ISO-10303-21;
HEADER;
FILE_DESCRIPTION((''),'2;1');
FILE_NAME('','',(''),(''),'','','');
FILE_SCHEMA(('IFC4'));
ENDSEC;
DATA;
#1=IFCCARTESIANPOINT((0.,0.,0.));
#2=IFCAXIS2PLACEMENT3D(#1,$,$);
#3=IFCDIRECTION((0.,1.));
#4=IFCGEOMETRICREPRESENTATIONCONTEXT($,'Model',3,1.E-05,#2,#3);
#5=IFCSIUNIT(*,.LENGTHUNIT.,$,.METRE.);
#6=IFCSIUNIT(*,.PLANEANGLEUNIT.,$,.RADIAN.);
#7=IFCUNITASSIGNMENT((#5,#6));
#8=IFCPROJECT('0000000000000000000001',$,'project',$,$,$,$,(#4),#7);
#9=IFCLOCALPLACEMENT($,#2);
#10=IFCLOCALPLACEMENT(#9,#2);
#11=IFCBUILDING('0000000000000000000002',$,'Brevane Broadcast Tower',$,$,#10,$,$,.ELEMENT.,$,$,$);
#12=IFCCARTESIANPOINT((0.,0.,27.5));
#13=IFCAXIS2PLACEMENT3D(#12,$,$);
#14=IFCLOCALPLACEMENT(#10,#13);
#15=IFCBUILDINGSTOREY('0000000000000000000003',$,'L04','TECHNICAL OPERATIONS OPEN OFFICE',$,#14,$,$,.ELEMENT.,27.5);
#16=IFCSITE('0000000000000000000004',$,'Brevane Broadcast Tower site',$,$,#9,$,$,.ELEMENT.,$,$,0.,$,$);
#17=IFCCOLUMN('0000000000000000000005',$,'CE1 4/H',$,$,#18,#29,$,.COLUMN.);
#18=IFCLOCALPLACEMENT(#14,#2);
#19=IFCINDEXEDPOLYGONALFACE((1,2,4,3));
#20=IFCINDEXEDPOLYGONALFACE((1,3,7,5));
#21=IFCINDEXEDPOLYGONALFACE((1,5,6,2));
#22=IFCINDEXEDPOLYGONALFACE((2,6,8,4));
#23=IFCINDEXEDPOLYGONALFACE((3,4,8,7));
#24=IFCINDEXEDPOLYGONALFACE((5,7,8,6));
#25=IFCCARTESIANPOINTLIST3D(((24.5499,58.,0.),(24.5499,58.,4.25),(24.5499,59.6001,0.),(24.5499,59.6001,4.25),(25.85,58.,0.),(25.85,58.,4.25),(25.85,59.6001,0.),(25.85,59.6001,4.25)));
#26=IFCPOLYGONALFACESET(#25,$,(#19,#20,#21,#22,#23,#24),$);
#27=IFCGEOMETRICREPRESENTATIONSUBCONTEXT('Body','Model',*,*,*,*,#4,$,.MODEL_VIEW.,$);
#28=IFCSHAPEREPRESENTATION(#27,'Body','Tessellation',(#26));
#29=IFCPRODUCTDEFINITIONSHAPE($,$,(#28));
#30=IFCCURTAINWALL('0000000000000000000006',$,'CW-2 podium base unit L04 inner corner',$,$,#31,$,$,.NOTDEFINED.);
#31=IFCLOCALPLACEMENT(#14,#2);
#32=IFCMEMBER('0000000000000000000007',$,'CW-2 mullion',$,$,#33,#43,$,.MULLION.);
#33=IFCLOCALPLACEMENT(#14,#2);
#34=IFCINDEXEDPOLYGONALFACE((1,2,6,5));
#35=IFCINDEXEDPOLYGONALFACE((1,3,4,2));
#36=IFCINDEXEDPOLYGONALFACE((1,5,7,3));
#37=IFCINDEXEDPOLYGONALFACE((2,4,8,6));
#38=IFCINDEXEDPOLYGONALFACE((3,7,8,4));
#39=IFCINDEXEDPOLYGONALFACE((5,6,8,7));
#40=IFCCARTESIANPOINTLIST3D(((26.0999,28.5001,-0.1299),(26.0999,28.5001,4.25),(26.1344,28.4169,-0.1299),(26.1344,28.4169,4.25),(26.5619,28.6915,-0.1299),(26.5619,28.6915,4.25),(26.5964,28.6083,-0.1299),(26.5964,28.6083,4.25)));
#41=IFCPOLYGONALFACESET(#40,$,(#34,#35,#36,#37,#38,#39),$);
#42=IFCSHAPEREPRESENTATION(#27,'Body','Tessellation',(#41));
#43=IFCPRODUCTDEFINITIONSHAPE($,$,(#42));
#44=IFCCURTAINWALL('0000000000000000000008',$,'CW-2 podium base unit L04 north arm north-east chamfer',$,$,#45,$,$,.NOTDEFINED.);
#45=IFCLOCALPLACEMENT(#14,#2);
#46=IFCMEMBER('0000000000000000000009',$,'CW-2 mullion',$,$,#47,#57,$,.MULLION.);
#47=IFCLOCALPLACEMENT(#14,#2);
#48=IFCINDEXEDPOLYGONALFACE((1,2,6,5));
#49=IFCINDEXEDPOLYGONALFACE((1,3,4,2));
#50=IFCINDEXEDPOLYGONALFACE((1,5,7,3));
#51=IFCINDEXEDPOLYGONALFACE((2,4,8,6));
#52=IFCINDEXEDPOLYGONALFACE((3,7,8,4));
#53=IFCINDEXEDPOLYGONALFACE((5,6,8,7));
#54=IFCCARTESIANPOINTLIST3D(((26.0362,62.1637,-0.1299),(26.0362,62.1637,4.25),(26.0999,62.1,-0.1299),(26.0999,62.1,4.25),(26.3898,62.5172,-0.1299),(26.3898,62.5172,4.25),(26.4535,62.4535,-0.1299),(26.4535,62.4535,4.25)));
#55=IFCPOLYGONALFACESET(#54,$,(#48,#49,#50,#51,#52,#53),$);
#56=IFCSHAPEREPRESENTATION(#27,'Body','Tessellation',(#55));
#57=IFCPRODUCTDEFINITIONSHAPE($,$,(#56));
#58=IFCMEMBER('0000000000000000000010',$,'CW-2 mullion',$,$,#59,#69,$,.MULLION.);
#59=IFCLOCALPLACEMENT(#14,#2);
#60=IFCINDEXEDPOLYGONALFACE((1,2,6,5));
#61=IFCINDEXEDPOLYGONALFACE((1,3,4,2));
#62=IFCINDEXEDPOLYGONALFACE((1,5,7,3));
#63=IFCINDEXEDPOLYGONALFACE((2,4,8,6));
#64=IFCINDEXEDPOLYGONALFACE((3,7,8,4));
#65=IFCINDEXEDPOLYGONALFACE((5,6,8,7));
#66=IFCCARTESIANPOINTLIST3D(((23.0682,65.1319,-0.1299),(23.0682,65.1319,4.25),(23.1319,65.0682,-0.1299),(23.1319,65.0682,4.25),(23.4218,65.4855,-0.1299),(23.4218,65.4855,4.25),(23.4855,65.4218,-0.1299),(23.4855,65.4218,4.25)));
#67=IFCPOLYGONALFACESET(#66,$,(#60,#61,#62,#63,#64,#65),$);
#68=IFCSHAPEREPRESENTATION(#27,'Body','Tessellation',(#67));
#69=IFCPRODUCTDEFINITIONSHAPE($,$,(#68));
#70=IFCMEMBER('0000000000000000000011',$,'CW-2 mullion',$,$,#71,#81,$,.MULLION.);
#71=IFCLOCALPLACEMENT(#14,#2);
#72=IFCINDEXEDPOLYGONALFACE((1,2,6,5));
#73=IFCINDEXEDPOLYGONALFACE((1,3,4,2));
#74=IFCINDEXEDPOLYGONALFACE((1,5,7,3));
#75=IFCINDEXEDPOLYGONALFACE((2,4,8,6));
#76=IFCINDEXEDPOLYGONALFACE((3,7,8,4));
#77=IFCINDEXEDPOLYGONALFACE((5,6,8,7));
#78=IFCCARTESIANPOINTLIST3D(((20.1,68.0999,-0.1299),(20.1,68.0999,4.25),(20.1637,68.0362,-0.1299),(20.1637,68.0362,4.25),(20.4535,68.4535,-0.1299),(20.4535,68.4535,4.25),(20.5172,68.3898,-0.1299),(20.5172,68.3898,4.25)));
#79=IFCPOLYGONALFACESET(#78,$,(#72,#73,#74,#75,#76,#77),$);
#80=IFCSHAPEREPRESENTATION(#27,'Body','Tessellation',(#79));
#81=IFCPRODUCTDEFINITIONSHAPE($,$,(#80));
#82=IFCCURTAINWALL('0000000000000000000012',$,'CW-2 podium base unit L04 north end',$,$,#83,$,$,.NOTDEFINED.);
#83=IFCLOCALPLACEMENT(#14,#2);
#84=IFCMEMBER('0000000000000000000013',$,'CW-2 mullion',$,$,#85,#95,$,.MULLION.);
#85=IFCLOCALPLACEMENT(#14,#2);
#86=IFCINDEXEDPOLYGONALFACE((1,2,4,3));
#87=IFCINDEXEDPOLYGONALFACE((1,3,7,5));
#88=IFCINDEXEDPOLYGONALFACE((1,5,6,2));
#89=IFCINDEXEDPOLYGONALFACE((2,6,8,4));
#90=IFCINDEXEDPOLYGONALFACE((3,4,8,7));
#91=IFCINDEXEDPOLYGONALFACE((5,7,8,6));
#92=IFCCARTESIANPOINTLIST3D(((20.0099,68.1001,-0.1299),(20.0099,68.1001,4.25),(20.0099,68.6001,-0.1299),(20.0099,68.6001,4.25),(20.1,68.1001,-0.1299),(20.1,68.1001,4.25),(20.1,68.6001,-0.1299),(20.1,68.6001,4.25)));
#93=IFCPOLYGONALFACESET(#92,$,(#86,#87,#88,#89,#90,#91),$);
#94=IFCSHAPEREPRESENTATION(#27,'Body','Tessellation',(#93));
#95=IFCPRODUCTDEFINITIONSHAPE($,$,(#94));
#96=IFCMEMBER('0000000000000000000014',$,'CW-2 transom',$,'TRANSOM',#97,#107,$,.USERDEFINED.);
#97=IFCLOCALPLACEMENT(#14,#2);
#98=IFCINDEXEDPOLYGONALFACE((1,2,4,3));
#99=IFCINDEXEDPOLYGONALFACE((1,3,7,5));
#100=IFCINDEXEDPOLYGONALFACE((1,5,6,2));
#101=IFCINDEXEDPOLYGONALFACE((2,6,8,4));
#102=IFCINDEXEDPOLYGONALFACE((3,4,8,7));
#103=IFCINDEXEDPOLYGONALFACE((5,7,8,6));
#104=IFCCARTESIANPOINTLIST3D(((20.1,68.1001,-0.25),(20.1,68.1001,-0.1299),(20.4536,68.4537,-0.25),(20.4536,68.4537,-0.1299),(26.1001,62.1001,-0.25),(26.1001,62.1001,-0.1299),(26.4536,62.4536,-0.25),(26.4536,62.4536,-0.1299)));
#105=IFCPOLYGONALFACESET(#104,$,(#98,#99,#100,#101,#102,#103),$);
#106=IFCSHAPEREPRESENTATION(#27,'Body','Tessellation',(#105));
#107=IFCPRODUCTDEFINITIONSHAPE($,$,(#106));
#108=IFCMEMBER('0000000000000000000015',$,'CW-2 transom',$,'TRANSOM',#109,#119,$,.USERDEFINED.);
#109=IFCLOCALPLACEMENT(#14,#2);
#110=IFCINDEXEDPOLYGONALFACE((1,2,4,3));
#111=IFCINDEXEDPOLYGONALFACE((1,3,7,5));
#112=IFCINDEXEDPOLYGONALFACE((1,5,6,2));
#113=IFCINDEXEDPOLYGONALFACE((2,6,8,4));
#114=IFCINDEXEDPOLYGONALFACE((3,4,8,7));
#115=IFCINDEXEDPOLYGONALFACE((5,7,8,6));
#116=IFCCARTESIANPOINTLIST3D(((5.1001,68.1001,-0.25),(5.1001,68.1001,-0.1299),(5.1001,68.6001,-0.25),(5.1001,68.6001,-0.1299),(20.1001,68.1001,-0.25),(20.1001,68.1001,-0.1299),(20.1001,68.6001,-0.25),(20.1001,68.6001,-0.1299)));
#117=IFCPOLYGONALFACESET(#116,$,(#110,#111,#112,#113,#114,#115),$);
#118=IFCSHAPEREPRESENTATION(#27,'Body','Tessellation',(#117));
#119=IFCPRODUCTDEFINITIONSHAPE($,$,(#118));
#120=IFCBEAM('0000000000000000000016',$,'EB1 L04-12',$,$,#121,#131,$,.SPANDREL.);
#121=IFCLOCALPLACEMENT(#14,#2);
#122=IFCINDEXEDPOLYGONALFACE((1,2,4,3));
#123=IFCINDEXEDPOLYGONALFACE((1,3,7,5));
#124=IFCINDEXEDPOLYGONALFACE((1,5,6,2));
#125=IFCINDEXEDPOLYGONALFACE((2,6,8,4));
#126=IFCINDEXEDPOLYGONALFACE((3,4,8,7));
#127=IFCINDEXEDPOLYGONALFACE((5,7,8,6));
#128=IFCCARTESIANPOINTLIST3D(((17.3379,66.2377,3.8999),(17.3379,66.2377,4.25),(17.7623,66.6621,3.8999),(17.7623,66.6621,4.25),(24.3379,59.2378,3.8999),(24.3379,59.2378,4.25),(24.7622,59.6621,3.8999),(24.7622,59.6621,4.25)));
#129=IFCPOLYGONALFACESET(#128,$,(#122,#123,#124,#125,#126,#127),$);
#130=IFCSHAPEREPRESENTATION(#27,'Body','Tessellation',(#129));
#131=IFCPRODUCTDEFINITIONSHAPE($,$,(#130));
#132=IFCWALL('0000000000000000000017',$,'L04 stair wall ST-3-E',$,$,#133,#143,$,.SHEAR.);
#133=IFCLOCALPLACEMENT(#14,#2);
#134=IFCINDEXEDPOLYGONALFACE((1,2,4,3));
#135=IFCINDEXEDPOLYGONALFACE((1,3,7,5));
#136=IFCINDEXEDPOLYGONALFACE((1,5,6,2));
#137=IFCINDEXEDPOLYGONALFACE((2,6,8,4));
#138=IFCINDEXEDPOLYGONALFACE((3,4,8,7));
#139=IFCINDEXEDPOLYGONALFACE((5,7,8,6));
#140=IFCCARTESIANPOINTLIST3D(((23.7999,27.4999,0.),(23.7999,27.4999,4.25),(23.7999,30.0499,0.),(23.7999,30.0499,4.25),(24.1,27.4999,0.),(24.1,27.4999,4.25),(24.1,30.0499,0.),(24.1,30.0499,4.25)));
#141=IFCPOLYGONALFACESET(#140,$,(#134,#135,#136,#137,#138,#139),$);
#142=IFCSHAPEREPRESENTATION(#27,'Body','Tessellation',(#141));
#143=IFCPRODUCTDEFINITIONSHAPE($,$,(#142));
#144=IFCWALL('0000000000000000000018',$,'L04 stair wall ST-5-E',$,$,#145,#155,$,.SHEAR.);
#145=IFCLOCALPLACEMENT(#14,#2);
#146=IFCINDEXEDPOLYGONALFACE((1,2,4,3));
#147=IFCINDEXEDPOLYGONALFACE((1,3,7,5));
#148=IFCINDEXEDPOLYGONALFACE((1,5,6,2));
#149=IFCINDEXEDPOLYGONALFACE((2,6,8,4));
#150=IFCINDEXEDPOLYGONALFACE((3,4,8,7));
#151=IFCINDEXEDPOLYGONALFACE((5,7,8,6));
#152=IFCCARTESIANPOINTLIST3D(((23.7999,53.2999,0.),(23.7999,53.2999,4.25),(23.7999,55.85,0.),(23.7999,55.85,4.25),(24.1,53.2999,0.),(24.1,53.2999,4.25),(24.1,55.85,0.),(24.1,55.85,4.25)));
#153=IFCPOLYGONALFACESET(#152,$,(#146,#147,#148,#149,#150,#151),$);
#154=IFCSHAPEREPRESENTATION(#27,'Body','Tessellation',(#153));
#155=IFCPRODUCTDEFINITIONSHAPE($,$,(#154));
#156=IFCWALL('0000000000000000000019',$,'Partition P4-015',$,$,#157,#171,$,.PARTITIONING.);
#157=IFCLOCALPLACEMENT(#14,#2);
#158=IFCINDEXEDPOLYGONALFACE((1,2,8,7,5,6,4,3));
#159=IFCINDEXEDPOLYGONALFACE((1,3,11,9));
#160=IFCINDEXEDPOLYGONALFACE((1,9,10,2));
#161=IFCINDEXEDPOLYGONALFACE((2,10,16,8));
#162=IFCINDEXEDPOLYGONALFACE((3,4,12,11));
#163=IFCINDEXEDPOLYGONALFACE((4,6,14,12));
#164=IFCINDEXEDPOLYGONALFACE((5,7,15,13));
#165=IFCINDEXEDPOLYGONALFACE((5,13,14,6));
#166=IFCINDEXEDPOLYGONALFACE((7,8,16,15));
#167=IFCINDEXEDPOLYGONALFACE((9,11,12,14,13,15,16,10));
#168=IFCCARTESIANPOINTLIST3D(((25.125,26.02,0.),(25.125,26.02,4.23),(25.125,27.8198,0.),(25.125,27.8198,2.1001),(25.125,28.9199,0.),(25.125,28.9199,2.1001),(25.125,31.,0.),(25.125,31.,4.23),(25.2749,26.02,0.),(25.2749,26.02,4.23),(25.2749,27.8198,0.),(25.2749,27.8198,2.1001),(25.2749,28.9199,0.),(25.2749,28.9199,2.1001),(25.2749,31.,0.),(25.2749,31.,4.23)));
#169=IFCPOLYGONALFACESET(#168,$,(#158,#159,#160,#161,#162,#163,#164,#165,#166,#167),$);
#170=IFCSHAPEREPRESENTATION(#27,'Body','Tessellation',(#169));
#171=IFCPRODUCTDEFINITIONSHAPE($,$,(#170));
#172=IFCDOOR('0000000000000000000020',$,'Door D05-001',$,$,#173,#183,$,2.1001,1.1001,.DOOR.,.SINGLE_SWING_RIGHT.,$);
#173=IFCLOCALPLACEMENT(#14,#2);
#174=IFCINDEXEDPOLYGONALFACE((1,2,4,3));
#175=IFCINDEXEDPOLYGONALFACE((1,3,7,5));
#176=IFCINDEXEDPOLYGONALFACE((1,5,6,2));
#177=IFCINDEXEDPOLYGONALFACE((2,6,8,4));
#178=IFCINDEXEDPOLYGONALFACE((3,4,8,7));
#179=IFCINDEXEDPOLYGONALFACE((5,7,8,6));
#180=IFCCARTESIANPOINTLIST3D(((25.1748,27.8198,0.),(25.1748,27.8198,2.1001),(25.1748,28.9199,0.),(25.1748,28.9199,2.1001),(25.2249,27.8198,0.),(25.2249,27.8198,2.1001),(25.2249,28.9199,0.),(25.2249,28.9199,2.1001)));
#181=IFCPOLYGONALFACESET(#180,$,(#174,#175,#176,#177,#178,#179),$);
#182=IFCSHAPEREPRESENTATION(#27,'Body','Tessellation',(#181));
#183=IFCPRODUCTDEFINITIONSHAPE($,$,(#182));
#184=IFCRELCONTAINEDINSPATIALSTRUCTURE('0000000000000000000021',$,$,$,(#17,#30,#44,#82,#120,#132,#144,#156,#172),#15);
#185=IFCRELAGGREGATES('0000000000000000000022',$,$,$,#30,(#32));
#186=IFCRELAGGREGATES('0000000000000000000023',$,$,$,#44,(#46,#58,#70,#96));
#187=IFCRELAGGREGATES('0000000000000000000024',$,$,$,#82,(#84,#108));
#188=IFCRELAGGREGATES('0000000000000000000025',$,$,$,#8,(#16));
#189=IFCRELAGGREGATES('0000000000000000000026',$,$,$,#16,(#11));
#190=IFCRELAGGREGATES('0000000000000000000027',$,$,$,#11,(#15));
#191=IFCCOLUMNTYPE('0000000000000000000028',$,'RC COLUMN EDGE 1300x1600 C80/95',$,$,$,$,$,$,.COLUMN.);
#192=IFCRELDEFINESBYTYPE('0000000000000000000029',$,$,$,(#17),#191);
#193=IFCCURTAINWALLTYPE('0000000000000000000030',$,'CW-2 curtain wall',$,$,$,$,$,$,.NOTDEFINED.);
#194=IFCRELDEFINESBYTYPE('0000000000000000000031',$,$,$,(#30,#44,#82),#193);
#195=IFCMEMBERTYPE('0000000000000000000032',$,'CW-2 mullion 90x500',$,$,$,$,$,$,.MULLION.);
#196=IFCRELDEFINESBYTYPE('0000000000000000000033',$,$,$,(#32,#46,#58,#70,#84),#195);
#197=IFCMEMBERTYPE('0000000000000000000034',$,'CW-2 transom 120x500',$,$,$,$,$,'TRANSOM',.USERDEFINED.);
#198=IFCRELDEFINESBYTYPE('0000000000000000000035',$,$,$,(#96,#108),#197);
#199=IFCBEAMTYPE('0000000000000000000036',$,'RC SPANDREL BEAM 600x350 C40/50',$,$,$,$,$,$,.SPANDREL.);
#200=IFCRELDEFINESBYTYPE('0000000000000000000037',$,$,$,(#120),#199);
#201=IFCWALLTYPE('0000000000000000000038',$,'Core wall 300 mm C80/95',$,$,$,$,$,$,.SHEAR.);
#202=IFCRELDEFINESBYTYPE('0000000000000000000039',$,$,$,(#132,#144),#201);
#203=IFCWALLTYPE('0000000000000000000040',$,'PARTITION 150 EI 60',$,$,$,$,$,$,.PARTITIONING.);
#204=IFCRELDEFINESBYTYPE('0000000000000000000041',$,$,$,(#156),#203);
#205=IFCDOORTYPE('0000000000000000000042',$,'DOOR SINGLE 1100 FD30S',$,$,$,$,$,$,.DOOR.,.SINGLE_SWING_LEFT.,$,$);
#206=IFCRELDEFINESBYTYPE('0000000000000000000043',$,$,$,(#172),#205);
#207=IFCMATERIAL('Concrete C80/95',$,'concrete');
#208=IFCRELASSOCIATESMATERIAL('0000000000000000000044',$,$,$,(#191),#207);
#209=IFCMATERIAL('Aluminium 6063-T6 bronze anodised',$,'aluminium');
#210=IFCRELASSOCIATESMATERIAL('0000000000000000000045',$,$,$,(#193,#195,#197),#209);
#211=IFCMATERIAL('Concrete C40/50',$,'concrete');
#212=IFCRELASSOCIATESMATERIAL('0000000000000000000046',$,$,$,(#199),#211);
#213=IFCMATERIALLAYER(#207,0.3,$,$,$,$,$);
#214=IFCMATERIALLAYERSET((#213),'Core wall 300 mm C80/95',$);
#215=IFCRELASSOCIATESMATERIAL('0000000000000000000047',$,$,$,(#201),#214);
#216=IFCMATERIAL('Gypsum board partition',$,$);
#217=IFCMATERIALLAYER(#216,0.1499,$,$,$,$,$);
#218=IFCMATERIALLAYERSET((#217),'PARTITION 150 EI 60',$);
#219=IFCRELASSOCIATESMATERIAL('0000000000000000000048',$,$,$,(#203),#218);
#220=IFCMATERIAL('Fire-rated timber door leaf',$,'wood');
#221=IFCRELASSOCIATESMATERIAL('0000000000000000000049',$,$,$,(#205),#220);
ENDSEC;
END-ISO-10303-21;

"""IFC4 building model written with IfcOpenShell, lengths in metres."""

from ifc_helpers import new_model, si_unit, direction, frame, frame_2d, origin, origin_2d, place, context, subcontext, project, spatial, rectangle, extrude, material, layer, layer_set, material_profile, profile_set, type_object, element, fill, aggregate, save


model = new_model("IFC4")

# Units and contexts
model_context = context("Model", 3, precision=1e-05, world=origin(), true_north=direction((0.0, 1.0)))
body_context = subcontext(model_context, "Body", "Model", "MODEL_VIEW")
ifc_project = project(units=[si_unit("LENGTHUNIT", "METRE"), si_unit("PLANEANGLEUNIT", "RADIAN")], contexts=[model_context])

# Site, building, storey
site_placement = place(None, origin())
site = spatial("IfcSite", under=ifc_project, at=site_placement, Name="Brevane Broadcast Tower site", CompositionType="ELEMENT", RefElevation=0.0)
building_placement = place(site_placement, origin())
building = spatial("IfcBuilding", under=site, at=building_placement, Name="Brevane Broadcast Tower", CompositionType="ELEMENT")
storey_placement = place(building_placement, frame((0.0, 0.0, 27.5)))
storey = spatial("IfcBuildingStorey", under=building, at=storey_placement, Name="L04", Description="TECHNICAL OPERATIONS OPEN OFFICE", CompositionType="ELEMENT", Elevation=27.5)

# Column
ifc_material_1 = material(Name="Concrete C80/95", Category="concrete")
ifc_material_profile_1 = material_profile(ifc_material_1, rectangle(XDim=1.3, YDim=1.6001, at=origin_2d()), Name="RC 1300x1600")
ifc_profile_set_1 = profile_set([ifc_material_profile_1], Name="Concrete C80/95")
column_type = type_object("IfcColumnType", Name="RC COLUMN EDGE 1300x1600 C80/95", PredefinedType="COLUMN", material=ifc_profile_set_1)
column_placement = place(storey_placement, frame((25.2, 58.8, 0.0), z_axis=(0.0, 0.0, 1.0), x_axis=(1.0, 0.0, 0.0)))
element("IfcColumn", 1, at=column_placement, inside=storey, type_object=column_type, Name="CE1 4/H", PredefinedType="COLUMN", context=body_context, shape_type="SweptSolid", body=[
    extrude(rectangle(XDim=1.3, YDim=1.6001, at=origin_2d()), origin(), (0.0, 0.0, 1.0), 4.25),
])

# Curtain wall, member
ifc_material_2 = material(Name="Aluminium 6063-T6 bronze anodised", Category="aluminium")
curtain_wall_type = type_object("IfcCurtainWallType", Name="CW-2 curtain wall", PredefinedType="NOTDEFINED", material=ifc_material_2)
curtain_wall_1_placement = place(storey_placement, origin())
curtain_wall_1 = element("IfcCurtainWall", 2, at=curtain_wall_1_placement, inside=storey, type_object=curtain_wall_type, Name="CW-2 podium base unit L04 inner corner", PredefinedType="NOTDEFINED")
ifc_material_profile_2 = material_profile(ifc_material_2, rectangle(XDim=0.5, YDim=0.0901, at=origin_2d()), Name="RECT 90x500")
ifc_profile_set_2 = profile_set([ifc_material_profile_2], Name="Aluminium 6063-T6 bronze anodised")
member_type_1 = type_object("IfcMemberType", Name="CW-2 mullion 90x500", PredefinedType="MULLION", material=ifc_profile_set_2)
member_1_placement = place(storey_placement, frame((26.3481, 28.5542, -0.1299), z_axis=(0.0, 0.0, 1.0), x_axis=(-0.923879, -0.382684, 0.0)))
member_1 = element("IfcMember", 3, at=member_1_placement, type_object=member_type_1, Name="CW-2 mullion", PredefinedType="MULLION", context=body_context, shape_type="SweptSolid", body=[
    extrude(rectangle(XDim=0.5, YDim=0.0901, at=origin_2d()), origin(), (0.0, 0.0, 1.0), 4.3799),
])
aggregate(curtain_wall_1, [member_1])

# Curtain wall, members
curtain_wall_2_placement = place(storey_placement, origin())
curtain_wall_2 = element("IfcCurtainWall", 4, at=curtain_wall_2_placement, inside=storey, type_object=curtain_wall_type, Name="CW-2 podium base unit L04 north arm north-east chamfer", PredefinedType="NOTDEFINED")
member_2_placement = place(storey_placement, frame((26.2449, 62.3086, -0.1299), z_axis=(0.0, 0.0, 1.0), x_axis=(-0.707107, -0.707107, 0.0)))
member_2 = element("IfcMember", 5, at=member_2_placement, type_object=member_type_1, Name="CW-2 mullion", PredefinedType="MULLION", context=body_context, shape_type="SweptSolid", body=[
    extrude(rectangle(XDim=0.5, YDim=0.0901, at=origin_2d()), origin(), (0.0, 0.0, 1.0), 4.3799),
])
member_3_placement = place(storey_placement, frame((23.2769, 65.2769, -0.1299), z_axis=(0.0, 0.0, 1.0), x_axis=(-0.707107, -0.707107, 0.0)))
member_3 = element("IfcMember", 6, at=member_3_placement, type_object=member_type_1, Name="CW-2 mullion", PredefinedType="MULLION", context=body_context, shape_type="SweptSolid", body=[
    extrude(rectangle(XDim=0.5, YDim=0.0901, at=origin_2d()), origin(), (0.0, 0.0, 1.0), 4.3799),
])
member_4_placement = place(storey_placement, frame((20.3086, 68.2449, -0.1299), z_axis=(0.0, 0.0, 1.0), x_axis=(-0.707107, -0.707107, 0.0)))
member_4 = element("IfcMember", 7, at=member_4_placement, type_object=member_type_1, Name="CW-2 mullion", PredefinedType="MULLION", context=body_context, shape_type="SweptSolid", body=[
    extrude(rectangle(XDim=0.5, YDim=0.0901, at=origin_2d()), origin(), (0.0, 0.0, 1.0), 4.3799),
])

# Curtain wall, member
curtain_wall_3_placement = place(storey_placement, origin())
curtain_wall_3 = element("IfcCurtainWall", 8, at=curtain_wall_3_placement, inside=storey, type_object=curtain_wall_type, Name="CW-2 podium base unit L04 north end", PredefinedType="NOTDEFINED")
member_5_placement = place(storey_placement, frame((20.0549, 68.3501, -0.1299), z_axis=(0.0, 0.0, 1.0), x_axis=(0.0, -1.0, 0.0)))
member_5 = element("IfcMember", 9, at=member_5_placement, type_object=member_type_1, Name="CW-2 mullion", PredefinedType="MULLION", context=body_context, shape_type="SweptSolid", body=[
    extrude(rectangle(XDim=0.5, YDim=0.0901, at=origin_2d()), origin(), (0.0, 0.0, 1.0), 4.3799),
])

# Members
ifc_material_profile_3 = material_profile(ifc_material_2, rectangle(XDim=0.5, YDim=0.1201, at=origin_2d()), Name="RECT 120x500")
ifc_profile_set_3 = profile_set([ifc_material_profile_3], Name="Aluminium 6063-T6 bronze anodised")
member_type_2 = type_object("IfcMemberType", Name="CW-2 transom 120x500", ElementType="TRANSOM", PredefinedType="USERDEFINED", material=ifc_profile_set_3)
member_6_placement = place(storey_placement, frame((26.2769, 62.2769, -0.1899), z_axis=(-0.707107, 0.707107, 0.0), x_axis=(-0.707107, -0.707107, 0.0)))
member_6 = element("IfcMember", 10, at=member_6_placement, type_object=member_type_2, Name="CW-2 transom", ObjectType="TRANSOM", PredefinedType="USERDEFINED", context=body_context, shape_type="SweptSolid", body=[
    extrude(rectangle(XDim=0.5, YDim=0.1201, at=origin_2d()), origin(), (0.0, 0.0, 1.0), 8.4854),
])
aggregate(curtain_wall_2, [member_2, member_3, member_4, member_6])
member_7_placement = place(storey_placement, frame((20.1001, 68.3501, -0.1899), z_axis=(-1.0, 0.0, 0.0), x_axis=(0.0, -1.0, 0.0)))
member_7 = element("IfcMember", 11, at=member_7_placement, type_object=member_type_2, Name="CW-2 transom", ObjectType="TRANSOM", PredefinedType="USERDEFINED", context=body_context, shape_type="SweptSolid", body=[
    extrude(rectangle(XDim=0.5, YDim=0.1201, at=origin_2d()), origin(), (0.0, 0.0, 1.0), 15.0),
])
aggregate(curtain_wall_3, [member_5, member_7])

# Beam
ifc_material_3 = material(Name="Concrete C40/50", Category="concrete")
ifc_material_profile_4 = material_profile(ifc_material_3, rectangle(XDim=0.6001, YDim=0.3501, at=origin_2d()), Name="RC 600x350")
ifc_profile_set_4 = profile_set([ifc_material_profile_4], Name="Concrete C40/50")
beam_type = type_object("IfcBeamType", Name="RC SPANDREL BEAM 600x350 C40/50", PredefinedType="SPANDREL", material=ifc_profile_set_4)
beam_placement = place(storey_placement, frame((24.55, 59.45, 4.075), z_axis=(-0.707107, 0.707107, 0.0), x_axis=(-0.707107, -0.707107, 0.0)))
element("IfcBeam", 12, at=beam_placement, inside=storey, type_object=beam_type, Name="EB1 L04-12", PredefinedType="SPANDREL", context=body_context, shape_type="SweptSolid", body=[
    extrude(rectangle(XDim=0.6001, YDim=0.3501, at=origin_2d()), origin(), (0.0, 0.0, 1.0), 9.8994),
])

# Walls
ifc_layer_1 = layer(ifc_material_1, 0.3)
ifc_layer_set_1 = layer_set([ifc_layer_1], Name="Core wall 300 mm C80/95")
wall_type_1 = type_object("IfcWallType", Name="Core wall 300 mm C80/95", PredefinedType="SHEAR", material=ifc_layer_set_1)
for number, where, z_axis, x_axis, name in (
    (13, (23.95, 27.5, 0.0), (0.0, 0.0, 1.0), (0.0, 1.0, 0.0), "L04 stair wall ST-3-E"),
    (14, (23.95, 53.3, 0.0), (0.0, 0.0, 1.0), (0.0, 1.0, 0.0), "L04 stair wall ST-5-E"),
):
    element("IfcWall", number, at=place(storey_placement, frame(where, z_axis=z_axis, x_axis=x_axis)), inside=storey, type_object=wall_type_1, Name=name, PredefinedType="SHEAR", context=body_context, shape_type="SweptSolid", body=[
        extrude(rectangle(XDim=2.55, YDim=0.3, at=frame_2d((1.2749, 0.0))), origin(), (0.0, 0.0, 1.0), 4.25),
    ])

# Wall, opening, door
ifc_material_4 = material(Name="Gypsum board partition")
ifc_layer_2 = layer(ifc_material_4, 0.1499)
ifc_layer_set_2 = layer_set([ifc_layer_2], Name="PARTITION 150 EI 60")
wall_type_2 = type_object("IfcWallType", Name="PARTITION 150 EI 60", PredefinedType="PARTITIONING", material=ifc_layer_set_2)
wall_1_placement = place(storey_placement, frame((25.2, 31.0, 0.0), z_axis=(0.0, 0.0, 1.0), x_axis=(0.0, -1.0, 0.0)))
wall_1 = element("IfcWall", 15, at=wall_1_placement, inside=storey, type_object=wall_type_2, Name="Partition P4-015", PredefinedType="PARTITIONING", context=body_context, shape_type="SweptSolid", body=[
    extrude(rectangle(XDim=4.98, YDim=0.1499, at=frame_2d((2.49, 0.0))), origin(), (0.0, 0.0, 1.0), 4.23),
])
opening_placement = place(wall_1_placement, frame((2.0801, 0.0, 0.0)))
opening = element("IfcOpeningElement", 16, at=opening_placement, cuts=wall_1, PredefinedType="OPENING", context=body_context, shape_type="SweptSolid", body=[
    extrude(rectangle(XDim=1.1001, YDim=2.1001, at=frame_2d((0.55, 1.05))), frame((0.0, 0.085, 0.0), z_axis=(0.0, -1.0, 0.0), x_axis=(1.0, 0.0, 0.0)), (0.0, 0.0, 1.0), 0.1699),
])
ifc_material_5 = material(Name="Fire-rated timber door leaf", Category="wood")
door_type = type_object("IfcDoorType", Name="DOOR SINGLE 1100 FD30S", OperationType="SINGLE_SWING_LEFT", PredefinedType="DOOR", material=ifc_material_5)
door_placement = place(opening_placement, origin())
door = element("IfcDoor", 17, at=door_placement, inside=storey, type_object=door_type, Name="Door D05-001", OperationType="SINGLE_SWING_RIGHT", OverallHeight=2.1001, OverallWidth=1.1001, PredefinedType="DOOR", context=body_context, shape_type="SweptSolid", body=[
    extrude(rectangle(XDim=1.1001, YDim=2.1001, at=frame_2d((0.55, 1.05))), frame((0.0, 0.0249, 0.0), z_axis=(0.0, -1.0, 0.0), x_axis=(1.0, 0.0, 0.0)), (0.0, 0.0, 1.0), 0.05),
])
fill(opening, door)

save(model, "model.ifc")
